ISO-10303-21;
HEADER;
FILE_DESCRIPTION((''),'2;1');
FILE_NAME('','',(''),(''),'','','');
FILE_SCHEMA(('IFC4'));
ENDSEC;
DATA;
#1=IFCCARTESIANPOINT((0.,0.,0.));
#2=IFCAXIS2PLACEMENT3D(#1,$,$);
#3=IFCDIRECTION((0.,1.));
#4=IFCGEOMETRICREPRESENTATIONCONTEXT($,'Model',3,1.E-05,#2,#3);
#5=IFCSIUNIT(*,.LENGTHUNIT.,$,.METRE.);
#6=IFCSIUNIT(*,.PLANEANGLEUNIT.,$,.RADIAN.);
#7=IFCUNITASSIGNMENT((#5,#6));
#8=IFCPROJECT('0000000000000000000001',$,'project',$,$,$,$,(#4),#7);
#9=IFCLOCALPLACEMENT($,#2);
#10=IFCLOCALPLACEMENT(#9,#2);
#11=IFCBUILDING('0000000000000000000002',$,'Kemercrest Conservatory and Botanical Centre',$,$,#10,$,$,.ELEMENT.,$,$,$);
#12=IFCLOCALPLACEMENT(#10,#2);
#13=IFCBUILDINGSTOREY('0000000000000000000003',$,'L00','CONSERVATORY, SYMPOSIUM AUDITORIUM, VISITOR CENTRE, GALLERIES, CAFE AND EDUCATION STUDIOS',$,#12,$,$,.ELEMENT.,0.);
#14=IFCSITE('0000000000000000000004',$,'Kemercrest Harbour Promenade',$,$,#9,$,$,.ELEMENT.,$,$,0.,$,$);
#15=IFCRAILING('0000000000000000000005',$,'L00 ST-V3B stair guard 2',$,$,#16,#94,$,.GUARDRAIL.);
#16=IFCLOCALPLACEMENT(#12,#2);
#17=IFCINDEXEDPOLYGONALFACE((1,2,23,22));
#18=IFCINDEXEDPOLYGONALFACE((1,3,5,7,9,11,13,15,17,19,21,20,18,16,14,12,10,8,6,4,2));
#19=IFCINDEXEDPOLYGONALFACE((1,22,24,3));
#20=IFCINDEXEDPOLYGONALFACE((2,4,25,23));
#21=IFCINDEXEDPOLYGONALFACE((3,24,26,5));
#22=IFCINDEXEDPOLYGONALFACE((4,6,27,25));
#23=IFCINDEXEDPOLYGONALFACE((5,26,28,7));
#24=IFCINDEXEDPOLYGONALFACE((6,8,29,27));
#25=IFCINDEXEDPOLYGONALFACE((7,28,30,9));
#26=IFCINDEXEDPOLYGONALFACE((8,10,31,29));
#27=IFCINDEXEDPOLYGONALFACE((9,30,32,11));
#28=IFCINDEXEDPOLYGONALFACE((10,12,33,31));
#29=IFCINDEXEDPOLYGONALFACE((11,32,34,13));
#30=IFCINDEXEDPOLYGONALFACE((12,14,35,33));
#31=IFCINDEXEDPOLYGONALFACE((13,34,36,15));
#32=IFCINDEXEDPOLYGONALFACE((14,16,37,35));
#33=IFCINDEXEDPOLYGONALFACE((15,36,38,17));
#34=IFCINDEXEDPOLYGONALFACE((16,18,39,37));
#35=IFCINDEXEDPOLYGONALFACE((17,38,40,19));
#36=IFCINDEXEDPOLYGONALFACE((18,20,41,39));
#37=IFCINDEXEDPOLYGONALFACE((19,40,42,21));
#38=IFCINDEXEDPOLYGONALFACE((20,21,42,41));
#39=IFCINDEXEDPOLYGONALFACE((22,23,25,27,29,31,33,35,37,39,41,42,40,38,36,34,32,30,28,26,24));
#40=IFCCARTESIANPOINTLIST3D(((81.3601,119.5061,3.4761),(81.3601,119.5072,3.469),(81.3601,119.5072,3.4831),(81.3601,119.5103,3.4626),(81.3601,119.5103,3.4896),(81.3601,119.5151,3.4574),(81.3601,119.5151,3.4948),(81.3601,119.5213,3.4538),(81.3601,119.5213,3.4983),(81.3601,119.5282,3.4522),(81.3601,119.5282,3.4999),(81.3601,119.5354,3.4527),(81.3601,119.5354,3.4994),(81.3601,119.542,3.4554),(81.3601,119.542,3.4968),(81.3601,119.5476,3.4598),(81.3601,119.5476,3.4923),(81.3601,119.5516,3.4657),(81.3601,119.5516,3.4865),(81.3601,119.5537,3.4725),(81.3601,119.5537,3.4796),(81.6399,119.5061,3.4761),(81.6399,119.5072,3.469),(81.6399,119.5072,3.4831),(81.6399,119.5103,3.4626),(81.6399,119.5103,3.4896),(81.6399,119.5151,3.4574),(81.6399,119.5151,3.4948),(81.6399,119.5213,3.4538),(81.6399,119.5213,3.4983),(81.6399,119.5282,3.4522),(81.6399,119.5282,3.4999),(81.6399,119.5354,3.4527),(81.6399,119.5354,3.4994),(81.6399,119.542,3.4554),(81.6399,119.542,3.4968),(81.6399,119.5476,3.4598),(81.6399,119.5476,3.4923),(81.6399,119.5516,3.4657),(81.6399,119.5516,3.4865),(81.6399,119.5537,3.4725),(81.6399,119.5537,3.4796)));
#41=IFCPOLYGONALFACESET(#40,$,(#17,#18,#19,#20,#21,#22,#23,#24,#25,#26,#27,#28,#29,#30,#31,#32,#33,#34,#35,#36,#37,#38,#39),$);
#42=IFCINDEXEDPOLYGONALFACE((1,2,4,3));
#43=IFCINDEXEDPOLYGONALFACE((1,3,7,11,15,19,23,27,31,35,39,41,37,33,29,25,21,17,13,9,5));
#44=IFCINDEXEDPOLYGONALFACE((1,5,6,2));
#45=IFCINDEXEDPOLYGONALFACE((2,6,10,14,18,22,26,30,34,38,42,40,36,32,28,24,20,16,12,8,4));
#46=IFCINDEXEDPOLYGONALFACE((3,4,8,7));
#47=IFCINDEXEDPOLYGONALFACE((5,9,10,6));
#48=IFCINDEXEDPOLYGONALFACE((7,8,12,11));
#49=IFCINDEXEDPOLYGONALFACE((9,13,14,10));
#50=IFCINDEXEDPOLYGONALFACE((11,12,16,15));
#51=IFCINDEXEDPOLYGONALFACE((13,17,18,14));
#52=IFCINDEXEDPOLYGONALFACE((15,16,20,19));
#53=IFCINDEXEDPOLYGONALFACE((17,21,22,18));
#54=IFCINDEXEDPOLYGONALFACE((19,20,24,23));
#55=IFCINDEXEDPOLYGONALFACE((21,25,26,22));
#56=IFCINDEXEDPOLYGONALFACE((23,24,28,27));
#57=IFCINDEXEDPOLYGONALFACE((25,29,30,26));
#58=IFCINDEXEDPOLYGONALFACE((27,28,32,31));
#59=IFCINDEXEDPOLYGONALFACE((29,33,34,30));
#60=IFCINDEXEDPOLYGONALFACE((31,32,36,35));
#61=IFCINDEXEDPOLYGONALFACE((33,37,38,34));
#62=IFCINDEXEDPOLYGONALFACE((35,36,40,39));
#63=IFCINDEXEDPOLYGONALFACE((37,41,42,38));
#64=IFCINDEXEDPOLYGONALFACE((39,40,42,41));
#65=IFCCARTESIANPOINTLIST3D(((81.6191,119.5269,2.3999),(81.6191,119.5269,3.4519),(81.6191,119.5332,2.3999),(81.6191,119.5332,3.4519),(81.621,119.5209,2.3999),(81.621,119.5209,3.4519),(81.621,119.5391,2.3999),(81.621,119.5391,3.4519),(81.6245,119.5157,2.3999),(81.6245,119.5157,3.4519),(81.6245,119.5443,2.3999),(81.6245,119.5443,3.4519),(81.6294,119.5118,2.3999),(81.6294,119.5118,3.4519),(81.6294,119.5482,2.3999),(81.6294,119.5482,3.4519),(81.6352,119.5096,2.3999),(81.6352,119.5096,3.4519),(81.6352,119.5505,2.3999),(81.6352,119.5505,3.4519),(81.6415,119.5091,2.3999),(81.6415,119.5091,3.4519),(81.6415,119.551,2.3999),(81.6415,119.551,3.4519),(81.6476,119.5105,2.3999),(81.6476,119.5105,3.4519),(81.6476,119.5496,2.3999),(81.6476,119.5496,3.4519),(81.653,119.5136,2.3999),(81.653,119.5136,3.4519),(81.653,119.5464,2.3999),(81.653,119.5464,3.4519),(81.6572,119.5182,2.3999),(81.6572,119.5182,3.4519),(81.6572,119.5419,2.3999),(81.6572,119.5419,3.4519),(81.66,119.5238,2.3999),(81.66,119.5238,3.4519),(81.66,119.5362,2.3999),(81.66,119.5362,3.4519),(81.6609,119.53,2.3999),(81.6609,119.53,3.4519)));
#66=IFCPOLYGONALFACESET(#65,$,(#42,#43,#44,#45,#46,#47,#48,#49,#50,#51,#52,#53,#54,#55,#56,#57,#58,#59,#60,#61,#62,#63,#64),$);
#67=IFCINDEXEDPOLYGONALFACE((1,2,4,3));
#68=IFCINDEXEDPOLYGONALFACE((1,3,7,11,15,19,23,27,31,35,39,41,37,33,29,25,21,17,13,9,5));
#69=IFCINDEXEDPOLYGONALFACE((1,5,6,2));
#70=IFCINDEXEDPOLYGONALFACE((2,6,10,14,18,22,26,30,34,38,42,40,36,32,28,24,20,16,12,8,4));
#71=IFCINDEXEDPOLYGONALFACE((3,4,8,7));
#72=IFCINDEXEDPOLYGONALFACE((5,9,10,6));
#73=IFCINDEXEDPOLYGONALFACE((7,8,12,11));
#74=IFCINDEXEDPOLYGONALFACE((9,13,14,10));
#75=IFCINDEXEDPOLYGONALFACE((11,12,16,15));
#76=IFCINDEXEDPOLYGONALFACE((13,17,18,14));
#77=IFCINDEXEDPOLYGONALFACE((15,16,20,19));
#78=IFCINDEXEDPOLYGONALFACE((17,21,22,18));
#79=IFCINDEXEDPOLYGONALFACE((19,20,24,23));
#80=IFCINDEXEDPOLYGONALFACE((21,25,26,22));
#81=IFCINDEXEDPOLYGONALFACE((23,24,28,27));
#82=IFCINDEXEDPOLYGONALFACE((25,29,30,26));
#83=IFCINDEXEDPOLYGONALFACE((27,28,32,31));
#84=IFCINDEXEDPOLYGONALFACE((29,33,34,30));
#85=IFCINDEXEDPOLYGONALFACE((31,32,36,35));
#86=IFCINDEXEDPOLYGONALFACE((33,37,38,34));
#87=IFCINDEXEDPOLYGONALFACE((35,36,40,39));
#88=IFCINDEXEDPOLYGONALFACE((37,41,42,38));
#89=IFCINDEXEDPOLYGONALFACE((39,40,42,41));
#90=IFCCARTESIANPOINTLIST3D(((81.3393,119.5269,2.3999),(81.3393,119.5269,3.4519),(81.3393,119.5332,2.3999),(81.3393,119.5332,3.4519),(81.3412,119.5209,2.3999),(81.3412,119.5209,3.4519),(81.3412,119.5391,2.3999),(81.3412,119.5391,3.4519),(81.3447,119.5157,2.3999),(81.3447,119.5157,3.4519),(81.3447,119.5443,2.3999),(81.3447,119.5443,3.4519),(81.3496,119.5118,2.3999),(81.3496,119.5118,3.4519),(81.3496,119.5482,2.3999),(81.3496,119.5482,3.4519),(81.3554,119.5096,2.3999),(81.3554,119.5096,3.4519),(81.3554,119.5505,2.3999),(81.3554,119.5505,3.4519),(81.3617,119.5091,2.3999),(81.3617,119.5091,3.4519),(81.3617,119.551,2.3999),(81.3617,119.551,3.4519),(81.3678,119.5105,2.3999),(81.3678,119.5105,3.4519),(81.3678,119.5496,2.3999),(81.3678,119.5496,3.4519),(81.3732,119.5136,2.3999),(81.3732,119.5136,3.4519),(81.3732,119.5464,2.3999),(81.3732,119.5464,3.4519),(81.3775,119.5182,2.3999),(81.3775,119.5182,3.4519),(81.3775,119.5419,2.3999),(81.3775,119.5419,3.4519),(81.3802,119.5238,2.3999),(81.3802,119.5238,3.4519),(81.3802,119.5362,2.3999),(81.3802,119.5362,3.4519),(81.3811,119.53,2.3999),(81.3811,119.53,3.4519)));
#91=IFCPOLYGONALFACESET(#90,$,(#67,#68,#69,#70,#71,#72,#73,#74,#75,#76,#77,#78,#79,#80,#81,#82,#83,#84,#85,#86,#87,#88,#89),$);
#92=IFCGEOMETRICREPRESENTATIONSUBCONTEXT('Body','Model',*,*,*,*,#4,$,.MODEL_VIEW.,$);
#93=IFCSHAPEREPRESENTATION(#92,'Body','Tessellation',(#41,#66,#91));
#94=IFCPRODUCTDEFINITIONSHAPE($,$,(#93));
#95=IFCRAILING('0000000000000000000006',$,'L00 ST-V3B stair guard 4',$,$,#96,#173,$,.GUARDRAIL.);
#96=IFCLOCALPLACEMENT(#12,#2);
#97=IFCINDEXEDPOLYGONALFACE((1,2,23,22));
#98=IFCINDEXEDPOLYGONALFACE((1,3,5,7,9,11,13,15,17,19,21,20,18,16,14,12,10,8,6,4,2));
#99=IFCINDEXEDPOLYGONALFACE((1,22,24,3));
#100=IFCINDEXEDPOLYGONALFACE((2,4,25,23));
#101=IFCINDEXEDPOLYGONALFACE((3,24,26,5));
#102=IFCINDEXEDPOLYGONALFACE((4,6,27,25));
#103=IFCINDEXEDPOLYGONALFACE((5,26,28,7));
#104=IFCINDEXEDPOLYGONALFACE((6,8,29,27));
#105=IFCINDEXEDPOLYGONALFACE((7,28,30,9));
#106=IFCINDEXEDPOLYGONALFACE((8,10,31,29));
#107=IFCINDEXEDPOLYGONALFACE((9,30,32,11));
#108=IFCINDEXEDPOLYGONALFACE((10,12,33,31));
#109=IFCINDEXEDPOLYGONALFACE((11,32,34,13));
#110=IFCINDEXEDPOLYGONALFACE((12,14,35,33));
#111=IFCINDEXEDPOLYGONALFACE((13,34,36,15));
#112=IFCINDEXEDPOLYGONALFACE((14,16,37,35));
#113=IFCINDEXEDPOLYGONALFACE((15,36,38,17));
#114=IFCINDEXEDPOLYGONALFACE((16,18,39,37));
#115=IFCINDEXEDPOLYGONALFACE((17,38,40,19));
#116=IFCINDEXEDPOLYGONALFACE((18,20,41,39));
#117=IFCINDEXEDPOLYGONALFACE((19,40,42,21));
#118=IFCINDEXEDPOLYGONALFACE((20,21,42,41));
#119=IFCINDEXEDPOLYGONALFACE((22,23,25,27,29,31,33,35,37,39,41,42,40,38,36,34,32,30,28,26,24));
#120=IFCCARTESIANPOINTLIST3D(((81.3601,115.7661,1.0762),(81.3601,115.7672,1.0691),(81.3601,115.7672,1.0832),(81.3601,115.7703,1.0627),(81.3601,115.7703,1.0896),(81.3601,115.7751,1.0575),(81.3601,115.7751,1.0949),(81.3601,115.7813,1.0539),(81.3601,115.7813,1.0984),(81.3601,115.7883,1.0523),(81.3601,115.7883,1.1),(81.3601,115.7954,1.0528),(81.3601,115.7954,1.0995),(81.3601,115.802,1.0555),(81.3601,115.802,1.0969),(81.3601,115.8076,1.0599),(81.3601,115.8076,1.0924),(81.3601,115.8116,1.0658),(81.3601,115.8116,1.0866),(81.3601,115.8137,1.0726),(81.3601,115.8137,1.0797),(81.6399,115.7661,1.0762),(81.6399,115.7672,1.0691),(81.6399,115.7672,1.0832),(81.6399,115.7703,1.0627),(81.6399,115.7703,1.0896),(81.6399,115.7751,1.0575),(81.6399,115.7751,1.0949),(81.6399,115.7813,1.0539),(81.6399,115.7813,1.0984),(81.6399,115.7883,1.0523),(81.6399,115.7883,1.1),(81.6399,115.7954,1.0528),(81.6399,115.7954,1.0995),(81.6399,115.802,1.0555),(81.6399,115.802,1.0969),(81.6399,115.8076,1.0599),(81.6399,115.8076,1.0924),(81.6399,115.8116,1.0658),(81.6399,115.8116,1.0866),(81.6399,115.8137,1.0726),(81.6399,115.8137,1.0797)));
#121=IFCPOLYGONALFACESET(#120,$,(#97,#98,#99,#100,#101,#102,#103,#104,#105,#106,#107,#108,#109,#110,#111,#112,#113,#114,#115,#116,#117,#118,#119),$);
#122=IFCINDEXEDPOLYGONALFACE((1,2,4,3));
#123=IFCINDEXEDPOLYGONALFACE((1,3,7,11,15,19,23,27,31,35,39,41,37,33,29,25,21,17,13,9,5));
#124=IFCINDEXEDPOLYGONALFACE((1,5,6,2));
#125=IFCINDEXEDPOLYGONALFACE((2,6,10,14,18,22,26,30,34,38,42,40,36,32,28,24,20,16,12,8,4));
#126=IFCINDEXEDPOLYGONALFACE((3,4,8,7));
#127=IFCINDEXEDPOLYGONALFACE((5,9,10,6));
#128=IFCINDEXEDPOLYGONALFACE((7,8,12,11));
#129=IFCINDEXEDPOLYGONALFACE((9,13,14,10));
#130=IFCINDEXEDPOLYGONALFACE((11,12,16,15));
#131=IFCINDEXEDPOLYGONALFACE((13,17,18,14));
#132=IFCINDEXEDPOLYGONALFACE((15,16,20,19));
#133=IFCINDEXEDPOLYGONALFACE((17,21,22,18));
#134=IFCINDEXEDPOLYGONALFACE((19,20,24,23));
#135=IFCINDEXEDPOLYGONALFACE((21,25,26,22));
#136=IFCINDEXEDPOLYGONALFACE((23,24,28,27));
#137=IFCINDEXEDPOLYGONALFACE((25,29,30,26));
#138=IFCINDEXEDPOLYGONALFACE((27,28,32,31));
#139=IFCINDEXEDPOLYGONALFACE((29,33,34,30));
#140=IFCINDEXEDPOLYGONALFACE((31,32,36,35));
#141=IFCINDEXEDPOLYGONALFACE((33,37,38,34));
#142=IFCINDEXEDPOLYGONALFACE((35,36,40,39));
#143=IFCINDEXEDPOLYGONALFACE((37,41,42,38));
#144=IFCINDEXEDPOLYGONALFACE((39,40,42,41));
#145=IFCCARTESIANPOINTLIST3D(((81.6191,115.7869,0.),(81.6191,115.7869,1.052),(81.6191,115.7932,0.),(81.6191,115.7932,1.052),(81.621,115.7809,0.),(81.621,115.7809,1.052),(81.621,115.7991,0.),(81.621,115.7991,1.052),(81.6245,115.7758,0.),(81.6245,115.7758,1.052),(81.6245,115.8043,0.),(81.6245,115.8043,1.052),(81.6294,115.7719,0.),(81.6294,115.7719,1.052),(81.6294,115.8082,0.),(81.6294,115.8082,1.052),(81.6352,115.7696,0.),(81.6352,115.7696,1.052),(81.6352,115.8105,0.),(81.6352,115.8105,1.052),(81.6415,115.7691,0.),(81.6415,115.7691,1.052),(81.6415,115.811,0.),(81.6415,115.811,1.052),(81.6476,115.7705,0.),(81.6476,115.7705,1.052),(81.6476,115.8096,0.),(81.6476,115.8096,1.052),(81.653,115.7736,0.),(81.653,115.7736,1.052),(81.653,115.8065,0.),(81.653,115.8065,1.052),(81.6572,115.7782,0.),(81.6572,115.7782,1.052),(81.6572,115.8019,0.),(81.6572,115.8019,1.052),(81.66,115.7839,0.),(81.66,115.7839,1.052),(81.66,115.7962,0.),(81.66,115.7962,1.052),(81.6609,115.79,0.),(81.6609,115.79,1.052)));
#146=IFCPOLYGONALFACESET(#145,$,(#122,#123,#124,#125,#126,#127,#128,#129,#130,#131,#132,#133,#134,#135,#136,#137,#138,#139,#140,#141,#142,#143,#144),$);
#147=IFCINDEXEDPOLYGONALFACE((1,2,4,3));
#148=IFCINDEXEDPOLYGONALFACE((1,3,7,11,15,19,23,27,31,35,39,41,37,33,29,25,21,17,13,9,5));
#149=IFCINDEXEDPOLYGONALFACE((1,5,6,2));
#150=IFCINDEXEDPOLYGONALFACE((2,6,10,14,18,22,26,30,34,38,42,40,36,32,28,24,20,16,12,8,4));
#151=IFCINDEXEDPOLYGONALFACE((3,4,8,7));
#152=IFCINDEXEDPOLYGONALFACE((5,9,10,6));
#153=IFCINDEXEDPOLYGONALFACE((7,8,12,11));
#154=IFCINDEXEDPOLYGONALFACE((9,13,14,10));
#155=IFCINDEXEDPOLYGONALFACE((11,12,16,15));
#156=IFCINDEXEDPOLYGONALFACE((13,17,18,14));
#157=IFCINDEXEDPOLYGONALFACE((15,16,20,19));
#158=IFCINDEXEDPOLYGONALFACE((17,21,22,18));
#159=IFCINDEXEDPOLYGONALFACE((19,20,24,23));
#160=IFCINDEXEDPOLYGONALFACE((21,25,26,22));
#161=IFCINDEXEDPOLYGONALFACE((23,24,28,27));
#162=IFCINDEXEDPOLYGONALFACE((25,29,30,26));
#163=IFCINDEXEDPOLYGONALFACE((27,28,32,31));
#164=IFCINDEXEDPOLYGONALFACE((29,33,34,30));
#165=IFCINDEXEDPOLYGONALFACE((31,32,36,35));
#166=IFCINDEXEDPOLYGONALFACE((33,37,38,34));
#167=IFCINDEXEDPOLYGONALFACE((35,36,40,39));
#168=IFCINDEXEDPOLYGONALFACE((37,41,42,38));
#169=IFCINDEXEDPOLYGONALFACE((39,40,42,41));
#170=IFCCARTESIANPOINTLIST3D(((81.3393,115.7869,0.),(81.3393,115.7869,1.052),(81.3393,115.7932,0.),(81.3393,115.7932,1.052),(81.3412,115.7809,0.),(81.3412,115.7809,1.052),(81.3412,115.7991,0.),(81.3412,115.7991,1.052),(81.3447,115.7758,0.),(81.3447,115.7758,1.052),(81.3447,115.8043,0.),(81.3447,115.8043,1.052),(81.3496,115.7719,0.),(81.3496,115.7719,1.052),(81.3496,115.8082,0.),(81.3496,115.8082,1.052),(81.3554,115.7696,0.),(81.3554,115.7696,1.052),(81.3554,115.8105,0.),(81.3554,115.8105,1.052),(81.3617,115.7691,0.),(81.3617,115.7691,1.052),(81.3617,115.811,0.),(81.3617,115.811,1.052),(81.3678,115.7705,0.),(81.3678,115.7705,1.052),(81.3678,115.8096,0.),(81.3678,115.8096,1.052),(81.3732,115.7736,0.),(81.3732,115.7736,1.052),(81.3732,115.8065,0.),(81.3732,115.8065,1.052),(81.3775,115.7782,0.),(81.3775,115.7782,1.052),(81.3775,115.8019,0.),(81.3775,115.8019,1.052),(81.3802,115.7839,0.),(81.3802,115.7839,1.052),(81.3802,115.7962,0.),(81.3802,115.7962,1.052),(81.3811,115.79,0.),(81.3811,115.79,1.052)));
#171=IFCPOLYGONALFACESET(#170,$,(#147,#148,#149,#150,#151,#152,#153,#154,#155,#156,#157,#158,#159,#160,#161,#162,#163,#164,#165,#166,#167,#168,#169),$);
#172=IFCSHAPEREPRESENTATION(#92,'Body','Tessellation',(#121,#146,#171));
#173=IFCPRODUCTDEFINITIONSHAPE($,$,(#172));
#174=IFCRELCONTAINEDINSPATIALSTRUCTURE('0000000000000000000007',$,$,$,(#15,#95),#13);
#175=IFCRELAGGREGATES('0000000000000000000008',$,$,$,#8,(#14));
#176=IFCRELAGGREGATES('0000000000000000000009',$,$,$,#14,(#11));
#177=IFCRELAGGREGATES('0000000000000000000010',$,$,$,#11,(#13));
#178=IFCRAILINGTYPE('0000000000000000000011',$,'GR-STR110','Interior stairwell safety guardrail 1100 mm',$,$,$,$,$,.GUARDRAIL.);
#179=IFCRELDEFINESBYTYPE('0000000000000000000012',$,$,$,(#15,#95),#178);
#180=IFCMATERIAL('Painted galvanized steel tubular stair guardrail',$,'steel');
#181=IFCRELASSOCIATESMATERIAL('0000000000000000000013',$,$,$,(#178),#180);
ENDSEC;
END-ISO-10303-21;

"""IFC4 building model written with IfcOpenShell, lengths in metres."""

from ifc_helpers import new_model, si_unit, direction, frame, origin, origin_2d, place, context, subcontext, project, spatial, circle, extrude, material, type_object, element, save


model = new_model("IFC4")

# Units and contexts
model_context = context("Model", 3, precision=1e-05, world=origin(), true_north=direction((0.0, 1.0)))
body_context = subcontext(model_context, "Body", "Model", "MODEL_VIEW")
ifc_project = project(units=[si_unit("LENGTHUNIT", "METRE"), si_unit("PLANEANGLEUNIT", "RADIAN")], contexts=[model_context])

# Site, building, storey
site_placement = place(None, origin())
site = spatial("IfcSite", under=ifc_project, at=site_placement, Name="Kemercrest Harbour Promenade", CompositionType="ELEMENT", RefElevation=0.0)
building_placement = place(site_placement, origin())
building = spatial("IfcBuilding", under=site, at=building_placement, Name="Kemercrest Conservatory and Botanical Centre", CompositionType="ELEMENT")
storey_placement = place(building_placement, origin())
storey = spatial("IfcBuildingStorey", under=building, at=storey_placement, Name="L00", Description="CONSERVATORY, SYMPOSIUM AUDITORIUM, VISITOR CENTRE, GALLERIES, CAFE AND EDUCATION STUDIOS", CompositionType="ELEMENT", Elevation=0.0)

# Railings
ifc_material_1 = material(Name="Painted galvanized steel tubular stair guardrail", Category="steel")
railing_type_1 = type_object("IfcRailingType", Name="GR-STR110", Description="Interior stairwell safety guardrail 1100 mm", PredefinedType="GUARDRAIL", material=ifc_material_1)
for number, where, name in (
    (1, (81.6399, 119.53, 2.3999), "L00 ST-V3B stair guard 2"),
    (2, (81.6399, 115.79, 0.0), "L00 ST-V3B stair guard 4"),
):
    element("IfcRailing", number, at=place(storey_placement, frame(where)), inside=storey, type_object=railing_type_1, Name=name, PredefinedType="GUARDRAIL", context=body_context, shape_type="SweptSolid", body=[
        extrude(circle(Radius=0.0239, at=origin_2d()), frame((0.0, 0.0, 1.0762), z_axis=(-1.0, 0.0, 0.0), x_axis=(0.0, -1.0, 0.0)), (0.0, 0.0, 1.0), 0.2798),
        extrude(circle(Radius=0.021, at=origin_2d()), origin(), (0.0, 0.0, 1.0), 1.052),
        extrude(circle(Radius=0.021, at=origin_2d()), frame((-0.2798, 0.0, 0.0)), (0.0, 0.0, 1.0), 1.052),
    ])

save(model, "model.ifc")
